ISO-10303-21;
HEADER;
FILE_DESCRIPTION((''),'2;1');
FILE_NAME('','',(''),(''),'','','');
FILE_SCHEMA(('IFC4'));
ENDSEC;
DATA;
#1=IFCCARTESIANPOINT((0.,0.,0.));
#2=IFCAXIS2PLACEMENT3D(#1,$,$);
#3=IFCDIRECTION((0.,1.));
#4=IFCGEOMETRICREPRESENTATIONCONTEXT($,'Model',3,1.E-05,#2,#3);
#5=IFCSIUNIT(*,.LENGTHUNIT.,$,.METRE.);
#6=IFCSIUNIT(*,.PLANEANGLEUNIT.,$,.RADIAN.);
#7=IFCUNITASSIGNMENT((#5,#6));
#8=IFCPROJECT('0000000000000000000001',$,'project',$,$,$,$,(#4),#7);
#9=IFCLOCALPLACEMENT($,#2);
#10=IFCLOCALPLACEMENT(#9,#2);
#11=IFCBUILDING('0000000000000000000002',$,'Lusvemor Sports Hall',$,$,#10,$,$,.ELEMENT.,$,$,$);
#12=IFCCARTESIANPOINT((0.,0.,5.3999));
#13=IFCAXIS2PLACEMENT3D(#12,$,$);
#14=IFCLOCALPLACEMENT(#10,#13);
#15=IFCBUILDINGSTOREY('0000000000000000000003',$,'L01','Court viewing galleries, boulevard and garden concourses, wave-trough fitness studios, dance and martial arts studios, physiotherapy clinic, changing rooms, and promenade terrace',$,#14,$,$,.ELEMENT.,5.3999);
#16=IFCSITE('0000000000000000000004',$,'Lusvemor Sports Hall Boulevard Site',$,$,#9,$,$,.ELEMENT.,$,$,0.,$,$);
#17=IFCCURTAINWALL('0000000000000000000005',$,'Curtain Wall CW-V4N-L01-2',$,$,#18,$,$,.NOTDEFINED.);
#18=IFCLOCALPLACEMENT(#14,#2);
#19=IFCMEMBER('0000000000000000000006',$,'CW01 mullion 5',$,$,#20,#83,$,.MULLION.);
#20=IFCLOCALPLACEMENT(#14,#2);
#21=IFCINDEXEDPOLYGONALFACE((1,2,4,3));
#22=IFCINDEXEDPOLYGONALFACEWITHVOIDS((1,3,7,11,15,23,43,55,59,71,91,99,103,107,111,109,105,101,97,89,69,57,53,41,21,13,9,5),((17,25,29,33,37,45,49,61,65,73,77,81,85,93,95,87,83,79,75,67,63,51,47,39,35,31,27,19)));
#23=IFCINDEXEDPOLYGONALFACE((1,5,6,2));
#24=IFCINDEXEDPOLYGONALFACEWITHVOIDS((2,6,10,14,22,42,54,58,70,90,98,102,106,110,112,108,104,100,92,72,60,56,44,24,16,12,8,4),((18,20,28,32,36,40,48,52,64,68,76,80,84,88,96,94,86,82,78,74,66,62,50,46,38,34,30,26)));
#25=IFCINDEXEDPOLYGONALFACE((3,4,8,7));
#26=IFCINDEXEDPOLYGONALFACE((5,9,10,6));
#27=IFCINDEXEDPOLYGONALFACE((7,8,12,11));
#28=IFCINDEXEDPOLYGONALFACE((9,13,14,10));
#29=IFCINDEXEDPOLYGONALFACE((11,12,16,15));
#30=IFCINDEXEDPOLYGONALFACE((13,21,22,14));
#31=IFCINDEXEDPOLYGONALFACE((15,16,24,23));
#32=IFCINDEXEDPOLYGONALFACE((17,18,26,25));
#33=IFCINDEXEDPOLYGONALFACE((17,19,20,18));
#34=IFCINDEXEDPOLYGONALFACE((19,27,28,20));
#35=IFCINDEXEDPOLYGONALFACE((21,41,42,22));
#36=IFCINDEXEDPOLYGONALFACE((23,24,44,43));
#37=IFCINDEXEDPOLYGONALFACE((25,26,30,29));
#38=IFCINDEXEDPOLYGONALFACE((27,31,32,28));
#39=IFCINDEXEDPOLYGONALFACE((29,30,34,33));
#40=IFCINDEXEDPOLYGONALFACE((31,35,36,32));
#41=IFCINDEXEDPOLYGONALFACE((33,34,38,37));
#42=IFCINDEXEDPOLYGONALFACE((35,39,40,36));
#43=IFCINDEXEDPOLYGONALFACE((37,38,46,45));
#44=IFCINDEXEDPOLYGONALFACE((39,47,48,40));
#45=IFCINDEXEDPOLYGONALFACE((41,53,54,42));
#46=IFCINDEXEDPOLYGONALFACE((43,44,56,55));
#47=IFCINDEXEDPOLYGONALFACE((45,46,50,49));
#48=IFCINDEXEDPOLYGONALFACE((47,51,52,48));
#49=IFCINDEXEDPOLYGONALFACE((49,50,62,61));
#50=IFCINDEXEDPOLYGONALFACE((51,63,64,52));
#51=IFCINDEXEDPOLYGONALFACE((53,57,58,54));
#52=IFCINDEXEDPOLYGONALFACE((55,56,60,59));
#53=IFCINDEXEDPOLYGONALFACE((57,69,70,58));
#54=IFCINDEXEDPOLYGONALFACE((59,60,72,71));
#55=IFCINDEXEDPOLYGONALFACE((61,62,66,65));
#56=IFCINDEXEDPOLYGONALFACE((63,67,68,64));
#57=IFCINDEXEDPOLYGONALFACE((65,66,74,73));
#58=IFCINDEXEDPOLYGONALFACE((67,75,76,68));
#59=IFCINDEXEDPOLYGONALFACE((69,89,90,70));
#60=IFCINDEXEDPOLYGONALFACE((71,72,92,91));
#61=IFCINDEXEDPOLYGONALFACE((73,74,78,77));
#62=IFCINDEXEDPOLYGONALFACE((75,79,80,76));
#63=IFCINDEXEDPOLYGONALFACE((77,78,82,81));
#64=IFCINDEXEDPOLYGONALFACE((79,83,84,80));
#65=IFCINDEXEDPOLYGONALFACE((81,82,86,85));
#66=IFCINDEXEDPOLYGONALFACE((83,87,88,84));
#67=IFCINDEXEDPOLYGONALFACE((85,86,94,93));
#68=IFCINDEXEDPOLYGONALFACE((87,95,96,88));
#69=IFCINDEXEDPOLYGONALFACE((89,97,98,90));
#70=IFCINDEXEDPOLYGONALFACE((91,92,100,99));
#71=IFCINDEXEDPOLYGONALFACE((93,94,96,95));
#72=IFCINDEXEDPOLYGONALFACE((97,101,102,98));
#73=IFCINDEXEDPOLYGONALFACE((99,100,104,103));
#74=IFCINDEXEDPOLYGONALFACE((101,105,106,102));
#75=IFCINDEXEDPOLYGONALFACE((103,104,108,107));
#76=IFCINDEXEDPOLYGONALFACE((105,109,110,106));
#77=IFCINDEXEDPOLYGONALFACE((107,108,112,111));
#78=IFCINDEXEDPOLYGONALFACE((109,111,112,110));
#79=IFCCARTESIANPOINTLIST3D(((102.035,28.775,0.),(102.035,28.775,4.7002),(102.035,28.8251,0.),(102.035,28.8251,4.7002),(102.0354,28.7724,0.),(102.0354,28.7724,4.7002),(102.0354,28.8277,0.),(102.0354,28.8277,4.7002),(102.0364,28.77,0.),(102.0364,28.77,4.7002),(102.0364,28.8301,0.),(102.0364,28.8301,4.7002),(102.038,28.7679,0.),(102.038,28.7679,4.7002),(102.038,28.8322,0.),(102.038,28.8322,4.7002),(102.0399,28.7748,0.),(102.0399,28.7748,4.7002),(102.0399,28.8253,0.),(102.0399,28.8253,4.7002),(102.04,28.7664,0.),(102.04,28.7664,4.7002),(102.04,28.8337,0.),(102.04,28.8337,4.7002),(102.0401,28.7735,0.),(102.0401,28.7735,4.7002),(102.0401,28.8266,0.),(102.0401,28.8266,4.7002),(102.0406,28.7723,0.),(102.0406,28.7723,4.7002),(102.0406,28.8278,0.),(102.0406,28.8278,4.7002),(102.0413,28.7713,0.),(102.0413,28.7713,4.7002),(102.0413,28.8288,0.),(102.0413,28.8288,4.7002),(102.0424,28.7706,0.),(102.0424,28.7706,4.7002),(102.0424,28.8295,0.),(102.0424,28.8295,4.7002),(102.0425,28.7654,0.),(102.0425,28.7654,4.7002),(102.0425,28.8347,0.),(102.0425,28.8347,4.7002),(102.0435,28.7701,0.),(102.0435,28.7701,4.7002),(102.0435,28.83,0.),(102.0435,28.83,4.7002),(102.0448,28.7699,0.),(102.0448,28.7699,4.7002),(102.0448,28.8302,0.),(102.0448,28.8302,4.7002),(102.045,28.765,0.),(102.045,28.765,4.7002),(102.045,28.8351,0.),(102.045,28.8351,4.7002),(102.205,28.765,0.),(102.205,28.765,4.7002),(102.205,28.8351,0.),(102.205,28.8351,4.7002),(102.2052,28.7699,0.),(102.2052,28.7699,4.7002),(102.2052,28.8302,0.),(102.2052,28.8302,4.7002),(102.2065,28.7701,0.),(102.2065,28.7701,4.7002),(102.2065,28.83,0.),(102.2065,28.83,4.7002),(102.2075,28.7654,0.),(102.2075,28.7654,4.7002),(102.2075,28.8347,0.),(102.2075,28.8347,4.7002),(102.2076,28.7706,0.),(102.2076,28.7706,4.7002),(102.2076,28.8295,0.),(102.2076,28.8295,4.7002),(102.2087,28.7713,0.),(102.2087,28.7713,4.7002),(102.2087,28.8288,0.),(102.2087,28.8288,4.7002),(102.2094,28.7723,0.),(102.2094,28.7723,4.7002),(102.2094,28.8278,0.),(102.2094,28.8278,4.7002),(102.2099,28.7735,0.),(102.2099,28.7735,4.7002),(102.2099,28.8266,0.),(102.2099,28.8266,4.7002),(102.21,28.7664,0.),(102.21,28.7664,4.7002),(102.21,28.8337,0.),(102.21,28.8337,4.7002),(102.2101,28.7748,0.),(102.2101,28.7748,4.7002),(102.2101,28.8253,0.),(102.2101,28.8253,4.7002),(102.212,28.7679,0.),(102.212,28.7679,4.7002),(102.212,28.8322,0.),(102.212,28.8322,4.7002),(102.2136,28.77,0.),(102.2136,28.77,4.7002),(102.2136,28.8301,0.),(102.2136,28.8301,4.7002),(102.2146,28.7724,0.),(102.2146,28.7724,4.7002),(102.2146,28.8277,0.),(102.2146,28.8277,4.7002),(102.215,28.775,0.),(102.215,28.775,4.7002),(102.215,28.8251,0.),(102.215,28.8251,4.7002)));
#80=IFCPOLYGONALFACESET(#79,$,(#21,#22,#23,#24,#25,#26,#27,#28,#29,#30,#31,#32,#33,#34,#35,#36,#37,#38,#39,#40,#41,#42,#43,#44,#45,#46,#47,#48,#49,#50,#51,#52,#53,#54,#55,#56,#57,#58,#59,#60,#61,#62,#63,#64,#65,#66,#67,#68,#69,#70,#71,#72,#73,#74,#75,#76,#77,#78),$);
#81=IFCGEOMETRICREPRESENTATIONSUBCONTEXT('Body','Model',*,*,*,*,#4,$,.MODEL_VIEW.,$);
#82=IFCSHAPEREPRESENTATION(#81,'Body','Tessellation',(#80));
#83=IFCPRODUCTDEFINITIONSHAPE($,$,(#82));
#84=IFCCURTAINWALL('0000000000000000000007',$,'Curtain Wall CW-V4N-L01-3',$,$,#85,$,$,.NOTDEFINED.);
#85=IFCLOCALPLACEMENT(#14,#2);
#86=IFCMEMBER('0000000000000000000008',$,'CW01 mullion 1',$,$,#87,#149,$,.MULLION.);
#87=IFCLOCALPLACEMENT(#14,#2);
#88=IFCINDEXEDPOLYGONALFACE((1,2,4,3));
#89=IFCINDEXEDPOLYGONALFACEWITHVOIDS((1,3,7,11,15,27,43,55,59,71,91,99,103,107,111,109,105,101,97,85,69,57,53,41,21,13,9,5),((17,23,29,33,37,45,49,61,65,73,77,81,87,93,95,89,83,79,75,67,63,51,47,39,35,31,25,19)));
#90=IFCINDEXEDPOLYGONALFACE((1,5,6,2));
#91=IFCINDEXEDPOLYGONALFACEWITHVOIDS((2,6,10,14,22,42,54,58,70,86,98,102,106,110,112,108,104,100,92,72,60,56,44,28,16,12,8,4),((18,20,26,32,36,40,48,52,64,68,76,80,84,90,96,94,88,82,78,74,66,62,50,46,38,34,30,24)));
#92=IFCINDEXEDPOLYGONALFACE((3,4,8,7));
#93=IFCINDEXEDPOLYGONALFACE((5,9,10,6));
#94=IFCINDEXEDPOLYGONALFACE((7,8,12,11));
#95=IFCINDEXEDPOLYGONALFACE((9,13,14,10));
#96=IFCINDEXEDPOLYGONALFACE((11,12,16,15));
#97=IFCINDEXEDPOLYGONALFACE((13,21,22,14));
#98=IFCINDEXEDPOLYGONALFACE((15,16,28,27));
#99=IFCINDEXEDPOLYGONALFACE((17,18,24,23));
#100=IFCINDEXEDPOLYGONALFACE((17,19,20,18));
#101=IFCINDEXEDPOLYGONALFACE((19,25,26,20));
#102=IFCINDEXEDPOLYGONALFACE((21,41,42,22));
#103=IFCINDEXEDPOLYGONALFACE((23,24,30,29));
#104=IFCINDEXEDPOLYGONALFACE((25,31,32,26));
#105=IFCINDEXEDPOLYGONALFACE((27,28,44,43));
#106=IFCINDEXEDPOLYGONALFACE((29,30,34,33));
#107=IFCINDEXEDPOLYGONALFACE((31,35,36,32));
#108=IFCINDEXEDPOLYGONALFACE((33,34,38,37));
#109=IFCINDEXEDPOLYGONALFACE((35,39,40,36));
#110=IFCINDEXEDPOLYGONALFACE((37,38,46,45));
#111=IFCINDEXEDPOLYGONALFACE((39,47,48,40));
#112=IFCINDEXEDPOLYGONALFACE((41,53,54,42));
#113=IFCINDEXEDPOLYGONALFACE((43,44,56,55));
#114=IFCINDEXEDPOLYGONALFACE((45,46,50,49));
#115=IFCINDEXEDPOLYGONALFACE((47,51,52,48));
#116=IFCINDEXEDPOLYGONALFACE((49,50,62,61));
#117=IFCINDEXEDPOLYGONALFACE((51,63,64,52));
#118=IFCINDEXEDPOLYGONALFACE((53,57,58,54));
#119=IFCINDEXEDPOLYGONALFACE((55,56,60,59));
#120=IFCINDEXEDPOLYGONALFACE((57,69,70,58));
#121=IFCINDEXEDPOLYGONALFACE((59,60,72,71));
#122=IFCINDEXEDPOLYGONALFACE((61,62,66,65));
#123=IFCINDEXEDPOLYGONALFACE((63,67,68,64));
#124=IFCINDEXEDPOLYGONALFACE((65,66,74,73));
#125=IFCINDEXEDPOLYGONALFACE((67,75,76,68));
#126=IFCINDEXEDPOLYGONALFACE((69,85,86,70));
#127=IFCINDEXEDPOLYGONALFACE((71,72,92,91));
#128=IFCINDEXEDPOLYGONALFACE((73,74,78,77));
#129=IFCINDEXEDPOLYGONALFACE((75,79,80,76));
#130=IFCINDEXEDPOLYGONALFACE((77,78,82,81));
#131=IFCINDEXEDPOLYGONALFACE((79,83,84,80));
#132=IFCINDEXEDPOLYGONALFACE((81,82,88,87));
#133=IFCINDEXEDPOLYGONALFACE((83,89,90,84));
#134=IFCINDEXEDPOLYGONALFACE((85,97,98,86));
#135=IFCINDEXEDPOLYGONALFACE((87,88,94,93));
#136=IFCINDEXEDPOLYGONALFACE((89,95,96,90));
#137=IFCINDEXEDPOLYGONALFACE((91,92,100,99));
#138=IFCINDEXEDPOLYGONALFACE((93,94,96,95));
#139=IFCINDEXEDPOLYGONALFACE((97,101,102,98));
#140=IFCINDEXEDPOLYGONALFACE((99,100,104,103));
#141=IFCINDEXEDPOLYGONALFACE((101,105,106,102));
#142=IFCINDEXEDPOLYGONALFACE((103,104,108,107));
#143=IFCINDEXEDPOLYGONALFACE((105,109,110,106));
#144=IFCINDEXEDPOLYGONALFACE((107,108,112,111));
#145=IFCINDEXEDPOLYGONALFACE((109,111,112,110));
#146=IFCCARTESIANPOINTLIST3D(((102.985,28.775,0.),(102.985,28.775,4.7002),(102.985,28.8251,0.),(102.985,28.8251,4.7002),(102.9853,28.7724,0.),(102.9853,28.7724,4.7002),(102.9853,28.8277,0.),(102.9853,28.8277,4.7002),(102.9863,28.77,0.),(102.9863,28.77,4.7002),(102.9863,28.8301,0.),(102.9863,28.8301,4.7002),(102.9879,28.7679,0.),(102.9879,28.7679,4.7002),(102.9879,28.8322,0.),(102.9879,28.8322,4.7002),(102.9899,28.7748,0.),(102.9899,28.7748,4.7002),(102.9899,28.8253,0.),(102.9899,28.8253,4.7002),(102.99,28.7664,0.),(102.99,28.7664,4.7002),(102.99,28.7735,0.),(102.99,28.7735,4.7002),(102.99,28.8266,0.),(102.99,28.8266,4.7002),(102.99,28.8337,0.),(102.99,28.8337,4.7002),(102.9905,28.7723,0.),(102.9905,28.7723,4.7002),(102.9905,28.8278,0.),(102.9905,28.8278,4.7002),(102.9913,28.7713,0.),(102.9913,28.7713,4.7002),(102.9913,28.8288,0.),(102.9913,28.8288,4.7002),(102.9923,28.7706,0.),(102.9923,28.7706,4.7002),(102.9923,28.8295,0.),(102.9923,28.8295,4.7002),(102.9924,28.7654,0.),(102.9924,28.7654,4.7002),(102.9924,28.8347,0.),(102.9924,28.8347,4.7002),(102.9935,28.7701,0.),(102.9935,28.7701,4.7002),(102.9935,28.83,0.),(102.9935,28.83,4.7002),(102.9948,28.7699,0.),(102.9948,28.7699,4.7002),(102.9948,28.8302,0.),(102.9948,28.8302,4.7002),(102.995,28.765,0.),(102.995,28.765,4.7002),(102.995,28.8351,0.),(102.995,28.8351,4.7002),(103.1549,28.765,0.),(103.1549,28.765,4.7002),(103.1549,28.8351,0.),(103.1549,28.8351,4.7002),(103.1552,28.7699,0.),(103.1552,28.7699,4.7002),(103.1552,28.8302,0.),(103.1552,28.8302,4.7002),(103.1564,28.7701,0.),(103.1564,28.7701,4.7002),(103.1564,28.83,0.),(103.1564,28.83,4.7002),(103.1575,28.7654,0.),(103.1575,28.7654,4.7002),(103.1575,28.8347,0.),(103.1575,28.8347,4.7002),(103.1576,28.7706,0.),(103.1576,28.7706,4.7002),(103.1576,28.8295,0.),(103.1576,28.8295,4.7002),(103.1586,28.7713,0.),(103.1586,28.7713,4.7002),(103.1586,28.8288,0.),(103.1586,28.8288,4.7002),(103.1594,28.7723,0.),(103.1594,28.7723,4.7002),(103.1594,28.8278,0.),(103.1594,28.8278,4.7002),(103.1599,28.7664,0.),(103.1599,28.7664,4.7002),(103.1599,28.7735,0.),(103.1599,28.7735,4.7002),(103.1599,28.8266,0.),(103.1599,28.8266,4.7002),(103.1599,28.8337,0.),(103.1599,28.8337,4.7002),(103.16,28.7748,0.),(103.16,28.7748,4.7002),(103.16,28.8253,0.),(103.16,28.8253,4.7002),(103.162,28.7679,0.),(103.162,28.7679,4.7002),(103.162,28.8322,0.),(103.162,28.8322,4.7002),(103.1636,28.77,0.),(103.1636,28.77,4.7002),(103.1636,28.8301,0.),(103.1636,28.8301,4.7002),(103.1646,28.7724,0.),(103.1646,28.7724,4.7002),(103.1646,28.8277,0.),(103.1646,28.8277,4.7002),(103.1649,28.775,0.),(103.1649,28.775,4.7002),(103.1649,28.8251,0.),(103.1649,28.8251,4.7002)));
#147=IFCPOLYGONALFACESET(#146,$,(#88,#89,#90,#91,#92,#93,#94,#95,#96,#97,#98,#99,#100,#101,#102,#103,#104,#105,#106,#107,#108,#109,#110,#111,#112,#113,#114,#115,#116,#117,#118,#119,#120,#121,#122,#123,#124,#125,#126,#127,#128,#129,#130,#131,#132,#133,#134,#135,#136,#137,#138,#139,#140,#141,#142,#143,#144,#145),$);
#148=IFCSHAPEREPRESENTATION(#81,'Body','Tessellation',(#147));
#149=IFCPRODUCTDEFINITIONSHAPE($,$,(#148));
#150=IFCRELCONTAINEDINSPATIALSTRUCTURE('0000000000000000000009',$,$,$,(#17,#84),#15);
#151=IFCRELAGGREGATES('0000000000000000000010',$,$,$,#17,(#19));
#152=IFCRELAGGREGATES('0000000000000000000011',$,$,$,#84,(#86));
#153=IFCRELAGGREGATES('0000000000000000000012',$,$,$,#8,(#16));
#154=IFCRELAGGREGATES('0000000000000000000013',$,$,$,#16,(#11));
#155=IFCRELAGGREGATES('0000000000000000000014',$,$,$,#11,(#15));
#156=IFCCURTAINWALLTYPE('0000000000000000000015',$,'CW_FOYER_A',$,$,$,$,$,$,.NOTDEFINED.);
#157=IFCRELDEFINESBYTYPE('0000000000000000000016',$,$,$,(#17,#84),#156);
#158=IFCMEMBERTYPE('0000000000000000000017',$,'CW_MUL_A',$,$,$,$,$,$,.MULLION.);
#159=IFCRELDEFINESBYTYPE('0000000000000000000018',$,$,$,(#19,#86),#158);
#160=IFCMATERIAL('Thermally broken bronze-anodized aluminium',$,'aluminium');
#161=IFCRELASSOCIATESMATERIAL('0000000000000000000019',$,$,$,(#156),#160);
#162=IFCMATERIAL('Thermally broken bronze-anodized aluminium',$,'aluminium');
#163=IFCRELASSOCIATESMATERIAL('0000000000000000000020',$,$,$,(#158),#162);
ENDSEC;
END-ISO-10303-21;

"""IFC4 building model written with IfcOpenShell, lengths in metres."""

from ifc_helpers import new_model, si_unit, direction, frame, origin, origin_2d, place, context, subcontext, project, spatial, hollow_rectangle, extrude, material, material_profile, profile_set, type_object, element, aggregate, save


model = new_model("IFC4")

# Units and contexts
model_context = context("Model", 3, precision=1e-05, world=origin(), true_north=direction((0.0, 1.0)))
body_context = subcontext(model_context, "Body", "Model", "MODEL_VIEW")
ifc_project = project(units=[si_unit("LENGTHUNIT", "METRE"), si_unit("PLANEANGLEUNIT", "RADIAN")], contexts=[model_context])

# Site, building, storey
site_placement = place(None, origin())
site = spatial("IfcSite", under=ifc_project, at=site_placement, Name="Lusvemor Sports Hall Boulevard Site", CompositionType="ELEMENT", RefElevation=0.0)
building_placement = place(site_placement, origin())
building = spatial("IfcBuilding", under=site, at=building_placement, Name="Lusvemor Sports Hall", CompositionType="ELEMENT")
storey_placement = place(building_placement, frame((0.0, 0.0, 5.3999)))
storey = spatial("IfcBuildingStorey", under=building, at=storey_placement, Name="L01", Description="Court viewing galleries, boulevard and garden concourses, wave-trough fitness studios, dance and martial arts studios, physiotherapy clinic, changing rooms, and promenade terrace", CompositionType="ELEMENT", Elevation=5.3999)

# Curtain wall, member
ifc_material_1 = material(Name="Thermally broken bronze-anodized aluminium", Category="aluminium")
curtain_wall_type = type_object("IfcCurtainWallType", Name="CW_FOYER_A", PredefinedType="NOTDEFINED", material=ifc_material_1)
curtain_wall_1_placement = place(storey_placement, origin())
curtain_wall_1 = element("IfcCurtainWall", 1, at=curtain_wall_1_placement, inside=storey, type_object=curtain_wall_type, Name="Curtain Wall CW-V4N-L01-2", PredefinedType="NOTDEFINED")
ifc_material_2 = material(Name="Thermally broken bronze-anodized aluminium", Category="aluminium")
ifc_material_profile_1 = material_profile(ifc_material_2, hollow_rectangle(XDim=0.0701, YDim=0.1799, WallThickness=0.0049, InnerFilletRadius=0.0049, OuterFilletRadius=0.01, at=origin_2d()), Name="CWMUL180x70x5")
ifc_profile_set_1 = profile_set([ifc_material_profile_1], Name="Thermally broken bronze-anodized aluminium")
member_type_1 = type_object("IfcMemberType", Name="CW_MUL_A", PredefinedType="MULLION", material=ifc_profile_set_1)
member_1_placement = place(storey_placement, frame((102.125, 28.8, 0.0), z_axis=(0.0, 0.0, 1.0), x_axis=(0.0, 1.0, 0.0)))
member_1 = element("IfcMember", 2, at=member_1_placement, type_object=member_type_1, Name="CW01 mullion 5", PredefinedType="MULLION", context=body_context, shape_type="SweptSolid", body=[
    extrude(hollow_rectangle(XDim=0.0701, YDim=0.1799, WallThickness=0.0049, InnerFilletRadius=0.0049, OuterFilletRadius=0.01, at=origin_2d()), origin(), (0.0, 0.0, 1.0), 4.7002),
])

# Curtain wall, member
curtain_wall_2_placement = place(storey_placement, origin())
curtain_wall_2 = element("IfcCurtainWall", 3, at=curtain_wall_2_placement, inside=storey, type_object=curtain_wall_type, Name="Curtain Wall CW-V4N-L01-3", PredefinedType="NOTDEFINED")
member_2_placement = place(storey_placement, frame((103.075, 28.8, 0.0), z_axis=(0.0, 0.0, 1.0), x_axis=(0.0, 1.0, 0.0)))
member_2 = element("IfcMember", 4, at=member_2_placement, type_object=member_type_1, Name="CW01 mullion 1", PredefinedType="MULLION", context=body_context, shape_type="SweptSolid", body=[
    extrude(hollow_rectangle(XDim=0.0701, YDim=0.1799, WallThickness=0.0049, InnerFilletRadius=0.0049, OuterFilletRadius=0.01, at=origin_2d()), origin(), (0.0, 0.0, 1.0), 4.7002),
])

aggregate(curtain_wall_1, [member_1])
aggregate(curtain_wall_2, [member_2])

save(model, "model.ifc")
